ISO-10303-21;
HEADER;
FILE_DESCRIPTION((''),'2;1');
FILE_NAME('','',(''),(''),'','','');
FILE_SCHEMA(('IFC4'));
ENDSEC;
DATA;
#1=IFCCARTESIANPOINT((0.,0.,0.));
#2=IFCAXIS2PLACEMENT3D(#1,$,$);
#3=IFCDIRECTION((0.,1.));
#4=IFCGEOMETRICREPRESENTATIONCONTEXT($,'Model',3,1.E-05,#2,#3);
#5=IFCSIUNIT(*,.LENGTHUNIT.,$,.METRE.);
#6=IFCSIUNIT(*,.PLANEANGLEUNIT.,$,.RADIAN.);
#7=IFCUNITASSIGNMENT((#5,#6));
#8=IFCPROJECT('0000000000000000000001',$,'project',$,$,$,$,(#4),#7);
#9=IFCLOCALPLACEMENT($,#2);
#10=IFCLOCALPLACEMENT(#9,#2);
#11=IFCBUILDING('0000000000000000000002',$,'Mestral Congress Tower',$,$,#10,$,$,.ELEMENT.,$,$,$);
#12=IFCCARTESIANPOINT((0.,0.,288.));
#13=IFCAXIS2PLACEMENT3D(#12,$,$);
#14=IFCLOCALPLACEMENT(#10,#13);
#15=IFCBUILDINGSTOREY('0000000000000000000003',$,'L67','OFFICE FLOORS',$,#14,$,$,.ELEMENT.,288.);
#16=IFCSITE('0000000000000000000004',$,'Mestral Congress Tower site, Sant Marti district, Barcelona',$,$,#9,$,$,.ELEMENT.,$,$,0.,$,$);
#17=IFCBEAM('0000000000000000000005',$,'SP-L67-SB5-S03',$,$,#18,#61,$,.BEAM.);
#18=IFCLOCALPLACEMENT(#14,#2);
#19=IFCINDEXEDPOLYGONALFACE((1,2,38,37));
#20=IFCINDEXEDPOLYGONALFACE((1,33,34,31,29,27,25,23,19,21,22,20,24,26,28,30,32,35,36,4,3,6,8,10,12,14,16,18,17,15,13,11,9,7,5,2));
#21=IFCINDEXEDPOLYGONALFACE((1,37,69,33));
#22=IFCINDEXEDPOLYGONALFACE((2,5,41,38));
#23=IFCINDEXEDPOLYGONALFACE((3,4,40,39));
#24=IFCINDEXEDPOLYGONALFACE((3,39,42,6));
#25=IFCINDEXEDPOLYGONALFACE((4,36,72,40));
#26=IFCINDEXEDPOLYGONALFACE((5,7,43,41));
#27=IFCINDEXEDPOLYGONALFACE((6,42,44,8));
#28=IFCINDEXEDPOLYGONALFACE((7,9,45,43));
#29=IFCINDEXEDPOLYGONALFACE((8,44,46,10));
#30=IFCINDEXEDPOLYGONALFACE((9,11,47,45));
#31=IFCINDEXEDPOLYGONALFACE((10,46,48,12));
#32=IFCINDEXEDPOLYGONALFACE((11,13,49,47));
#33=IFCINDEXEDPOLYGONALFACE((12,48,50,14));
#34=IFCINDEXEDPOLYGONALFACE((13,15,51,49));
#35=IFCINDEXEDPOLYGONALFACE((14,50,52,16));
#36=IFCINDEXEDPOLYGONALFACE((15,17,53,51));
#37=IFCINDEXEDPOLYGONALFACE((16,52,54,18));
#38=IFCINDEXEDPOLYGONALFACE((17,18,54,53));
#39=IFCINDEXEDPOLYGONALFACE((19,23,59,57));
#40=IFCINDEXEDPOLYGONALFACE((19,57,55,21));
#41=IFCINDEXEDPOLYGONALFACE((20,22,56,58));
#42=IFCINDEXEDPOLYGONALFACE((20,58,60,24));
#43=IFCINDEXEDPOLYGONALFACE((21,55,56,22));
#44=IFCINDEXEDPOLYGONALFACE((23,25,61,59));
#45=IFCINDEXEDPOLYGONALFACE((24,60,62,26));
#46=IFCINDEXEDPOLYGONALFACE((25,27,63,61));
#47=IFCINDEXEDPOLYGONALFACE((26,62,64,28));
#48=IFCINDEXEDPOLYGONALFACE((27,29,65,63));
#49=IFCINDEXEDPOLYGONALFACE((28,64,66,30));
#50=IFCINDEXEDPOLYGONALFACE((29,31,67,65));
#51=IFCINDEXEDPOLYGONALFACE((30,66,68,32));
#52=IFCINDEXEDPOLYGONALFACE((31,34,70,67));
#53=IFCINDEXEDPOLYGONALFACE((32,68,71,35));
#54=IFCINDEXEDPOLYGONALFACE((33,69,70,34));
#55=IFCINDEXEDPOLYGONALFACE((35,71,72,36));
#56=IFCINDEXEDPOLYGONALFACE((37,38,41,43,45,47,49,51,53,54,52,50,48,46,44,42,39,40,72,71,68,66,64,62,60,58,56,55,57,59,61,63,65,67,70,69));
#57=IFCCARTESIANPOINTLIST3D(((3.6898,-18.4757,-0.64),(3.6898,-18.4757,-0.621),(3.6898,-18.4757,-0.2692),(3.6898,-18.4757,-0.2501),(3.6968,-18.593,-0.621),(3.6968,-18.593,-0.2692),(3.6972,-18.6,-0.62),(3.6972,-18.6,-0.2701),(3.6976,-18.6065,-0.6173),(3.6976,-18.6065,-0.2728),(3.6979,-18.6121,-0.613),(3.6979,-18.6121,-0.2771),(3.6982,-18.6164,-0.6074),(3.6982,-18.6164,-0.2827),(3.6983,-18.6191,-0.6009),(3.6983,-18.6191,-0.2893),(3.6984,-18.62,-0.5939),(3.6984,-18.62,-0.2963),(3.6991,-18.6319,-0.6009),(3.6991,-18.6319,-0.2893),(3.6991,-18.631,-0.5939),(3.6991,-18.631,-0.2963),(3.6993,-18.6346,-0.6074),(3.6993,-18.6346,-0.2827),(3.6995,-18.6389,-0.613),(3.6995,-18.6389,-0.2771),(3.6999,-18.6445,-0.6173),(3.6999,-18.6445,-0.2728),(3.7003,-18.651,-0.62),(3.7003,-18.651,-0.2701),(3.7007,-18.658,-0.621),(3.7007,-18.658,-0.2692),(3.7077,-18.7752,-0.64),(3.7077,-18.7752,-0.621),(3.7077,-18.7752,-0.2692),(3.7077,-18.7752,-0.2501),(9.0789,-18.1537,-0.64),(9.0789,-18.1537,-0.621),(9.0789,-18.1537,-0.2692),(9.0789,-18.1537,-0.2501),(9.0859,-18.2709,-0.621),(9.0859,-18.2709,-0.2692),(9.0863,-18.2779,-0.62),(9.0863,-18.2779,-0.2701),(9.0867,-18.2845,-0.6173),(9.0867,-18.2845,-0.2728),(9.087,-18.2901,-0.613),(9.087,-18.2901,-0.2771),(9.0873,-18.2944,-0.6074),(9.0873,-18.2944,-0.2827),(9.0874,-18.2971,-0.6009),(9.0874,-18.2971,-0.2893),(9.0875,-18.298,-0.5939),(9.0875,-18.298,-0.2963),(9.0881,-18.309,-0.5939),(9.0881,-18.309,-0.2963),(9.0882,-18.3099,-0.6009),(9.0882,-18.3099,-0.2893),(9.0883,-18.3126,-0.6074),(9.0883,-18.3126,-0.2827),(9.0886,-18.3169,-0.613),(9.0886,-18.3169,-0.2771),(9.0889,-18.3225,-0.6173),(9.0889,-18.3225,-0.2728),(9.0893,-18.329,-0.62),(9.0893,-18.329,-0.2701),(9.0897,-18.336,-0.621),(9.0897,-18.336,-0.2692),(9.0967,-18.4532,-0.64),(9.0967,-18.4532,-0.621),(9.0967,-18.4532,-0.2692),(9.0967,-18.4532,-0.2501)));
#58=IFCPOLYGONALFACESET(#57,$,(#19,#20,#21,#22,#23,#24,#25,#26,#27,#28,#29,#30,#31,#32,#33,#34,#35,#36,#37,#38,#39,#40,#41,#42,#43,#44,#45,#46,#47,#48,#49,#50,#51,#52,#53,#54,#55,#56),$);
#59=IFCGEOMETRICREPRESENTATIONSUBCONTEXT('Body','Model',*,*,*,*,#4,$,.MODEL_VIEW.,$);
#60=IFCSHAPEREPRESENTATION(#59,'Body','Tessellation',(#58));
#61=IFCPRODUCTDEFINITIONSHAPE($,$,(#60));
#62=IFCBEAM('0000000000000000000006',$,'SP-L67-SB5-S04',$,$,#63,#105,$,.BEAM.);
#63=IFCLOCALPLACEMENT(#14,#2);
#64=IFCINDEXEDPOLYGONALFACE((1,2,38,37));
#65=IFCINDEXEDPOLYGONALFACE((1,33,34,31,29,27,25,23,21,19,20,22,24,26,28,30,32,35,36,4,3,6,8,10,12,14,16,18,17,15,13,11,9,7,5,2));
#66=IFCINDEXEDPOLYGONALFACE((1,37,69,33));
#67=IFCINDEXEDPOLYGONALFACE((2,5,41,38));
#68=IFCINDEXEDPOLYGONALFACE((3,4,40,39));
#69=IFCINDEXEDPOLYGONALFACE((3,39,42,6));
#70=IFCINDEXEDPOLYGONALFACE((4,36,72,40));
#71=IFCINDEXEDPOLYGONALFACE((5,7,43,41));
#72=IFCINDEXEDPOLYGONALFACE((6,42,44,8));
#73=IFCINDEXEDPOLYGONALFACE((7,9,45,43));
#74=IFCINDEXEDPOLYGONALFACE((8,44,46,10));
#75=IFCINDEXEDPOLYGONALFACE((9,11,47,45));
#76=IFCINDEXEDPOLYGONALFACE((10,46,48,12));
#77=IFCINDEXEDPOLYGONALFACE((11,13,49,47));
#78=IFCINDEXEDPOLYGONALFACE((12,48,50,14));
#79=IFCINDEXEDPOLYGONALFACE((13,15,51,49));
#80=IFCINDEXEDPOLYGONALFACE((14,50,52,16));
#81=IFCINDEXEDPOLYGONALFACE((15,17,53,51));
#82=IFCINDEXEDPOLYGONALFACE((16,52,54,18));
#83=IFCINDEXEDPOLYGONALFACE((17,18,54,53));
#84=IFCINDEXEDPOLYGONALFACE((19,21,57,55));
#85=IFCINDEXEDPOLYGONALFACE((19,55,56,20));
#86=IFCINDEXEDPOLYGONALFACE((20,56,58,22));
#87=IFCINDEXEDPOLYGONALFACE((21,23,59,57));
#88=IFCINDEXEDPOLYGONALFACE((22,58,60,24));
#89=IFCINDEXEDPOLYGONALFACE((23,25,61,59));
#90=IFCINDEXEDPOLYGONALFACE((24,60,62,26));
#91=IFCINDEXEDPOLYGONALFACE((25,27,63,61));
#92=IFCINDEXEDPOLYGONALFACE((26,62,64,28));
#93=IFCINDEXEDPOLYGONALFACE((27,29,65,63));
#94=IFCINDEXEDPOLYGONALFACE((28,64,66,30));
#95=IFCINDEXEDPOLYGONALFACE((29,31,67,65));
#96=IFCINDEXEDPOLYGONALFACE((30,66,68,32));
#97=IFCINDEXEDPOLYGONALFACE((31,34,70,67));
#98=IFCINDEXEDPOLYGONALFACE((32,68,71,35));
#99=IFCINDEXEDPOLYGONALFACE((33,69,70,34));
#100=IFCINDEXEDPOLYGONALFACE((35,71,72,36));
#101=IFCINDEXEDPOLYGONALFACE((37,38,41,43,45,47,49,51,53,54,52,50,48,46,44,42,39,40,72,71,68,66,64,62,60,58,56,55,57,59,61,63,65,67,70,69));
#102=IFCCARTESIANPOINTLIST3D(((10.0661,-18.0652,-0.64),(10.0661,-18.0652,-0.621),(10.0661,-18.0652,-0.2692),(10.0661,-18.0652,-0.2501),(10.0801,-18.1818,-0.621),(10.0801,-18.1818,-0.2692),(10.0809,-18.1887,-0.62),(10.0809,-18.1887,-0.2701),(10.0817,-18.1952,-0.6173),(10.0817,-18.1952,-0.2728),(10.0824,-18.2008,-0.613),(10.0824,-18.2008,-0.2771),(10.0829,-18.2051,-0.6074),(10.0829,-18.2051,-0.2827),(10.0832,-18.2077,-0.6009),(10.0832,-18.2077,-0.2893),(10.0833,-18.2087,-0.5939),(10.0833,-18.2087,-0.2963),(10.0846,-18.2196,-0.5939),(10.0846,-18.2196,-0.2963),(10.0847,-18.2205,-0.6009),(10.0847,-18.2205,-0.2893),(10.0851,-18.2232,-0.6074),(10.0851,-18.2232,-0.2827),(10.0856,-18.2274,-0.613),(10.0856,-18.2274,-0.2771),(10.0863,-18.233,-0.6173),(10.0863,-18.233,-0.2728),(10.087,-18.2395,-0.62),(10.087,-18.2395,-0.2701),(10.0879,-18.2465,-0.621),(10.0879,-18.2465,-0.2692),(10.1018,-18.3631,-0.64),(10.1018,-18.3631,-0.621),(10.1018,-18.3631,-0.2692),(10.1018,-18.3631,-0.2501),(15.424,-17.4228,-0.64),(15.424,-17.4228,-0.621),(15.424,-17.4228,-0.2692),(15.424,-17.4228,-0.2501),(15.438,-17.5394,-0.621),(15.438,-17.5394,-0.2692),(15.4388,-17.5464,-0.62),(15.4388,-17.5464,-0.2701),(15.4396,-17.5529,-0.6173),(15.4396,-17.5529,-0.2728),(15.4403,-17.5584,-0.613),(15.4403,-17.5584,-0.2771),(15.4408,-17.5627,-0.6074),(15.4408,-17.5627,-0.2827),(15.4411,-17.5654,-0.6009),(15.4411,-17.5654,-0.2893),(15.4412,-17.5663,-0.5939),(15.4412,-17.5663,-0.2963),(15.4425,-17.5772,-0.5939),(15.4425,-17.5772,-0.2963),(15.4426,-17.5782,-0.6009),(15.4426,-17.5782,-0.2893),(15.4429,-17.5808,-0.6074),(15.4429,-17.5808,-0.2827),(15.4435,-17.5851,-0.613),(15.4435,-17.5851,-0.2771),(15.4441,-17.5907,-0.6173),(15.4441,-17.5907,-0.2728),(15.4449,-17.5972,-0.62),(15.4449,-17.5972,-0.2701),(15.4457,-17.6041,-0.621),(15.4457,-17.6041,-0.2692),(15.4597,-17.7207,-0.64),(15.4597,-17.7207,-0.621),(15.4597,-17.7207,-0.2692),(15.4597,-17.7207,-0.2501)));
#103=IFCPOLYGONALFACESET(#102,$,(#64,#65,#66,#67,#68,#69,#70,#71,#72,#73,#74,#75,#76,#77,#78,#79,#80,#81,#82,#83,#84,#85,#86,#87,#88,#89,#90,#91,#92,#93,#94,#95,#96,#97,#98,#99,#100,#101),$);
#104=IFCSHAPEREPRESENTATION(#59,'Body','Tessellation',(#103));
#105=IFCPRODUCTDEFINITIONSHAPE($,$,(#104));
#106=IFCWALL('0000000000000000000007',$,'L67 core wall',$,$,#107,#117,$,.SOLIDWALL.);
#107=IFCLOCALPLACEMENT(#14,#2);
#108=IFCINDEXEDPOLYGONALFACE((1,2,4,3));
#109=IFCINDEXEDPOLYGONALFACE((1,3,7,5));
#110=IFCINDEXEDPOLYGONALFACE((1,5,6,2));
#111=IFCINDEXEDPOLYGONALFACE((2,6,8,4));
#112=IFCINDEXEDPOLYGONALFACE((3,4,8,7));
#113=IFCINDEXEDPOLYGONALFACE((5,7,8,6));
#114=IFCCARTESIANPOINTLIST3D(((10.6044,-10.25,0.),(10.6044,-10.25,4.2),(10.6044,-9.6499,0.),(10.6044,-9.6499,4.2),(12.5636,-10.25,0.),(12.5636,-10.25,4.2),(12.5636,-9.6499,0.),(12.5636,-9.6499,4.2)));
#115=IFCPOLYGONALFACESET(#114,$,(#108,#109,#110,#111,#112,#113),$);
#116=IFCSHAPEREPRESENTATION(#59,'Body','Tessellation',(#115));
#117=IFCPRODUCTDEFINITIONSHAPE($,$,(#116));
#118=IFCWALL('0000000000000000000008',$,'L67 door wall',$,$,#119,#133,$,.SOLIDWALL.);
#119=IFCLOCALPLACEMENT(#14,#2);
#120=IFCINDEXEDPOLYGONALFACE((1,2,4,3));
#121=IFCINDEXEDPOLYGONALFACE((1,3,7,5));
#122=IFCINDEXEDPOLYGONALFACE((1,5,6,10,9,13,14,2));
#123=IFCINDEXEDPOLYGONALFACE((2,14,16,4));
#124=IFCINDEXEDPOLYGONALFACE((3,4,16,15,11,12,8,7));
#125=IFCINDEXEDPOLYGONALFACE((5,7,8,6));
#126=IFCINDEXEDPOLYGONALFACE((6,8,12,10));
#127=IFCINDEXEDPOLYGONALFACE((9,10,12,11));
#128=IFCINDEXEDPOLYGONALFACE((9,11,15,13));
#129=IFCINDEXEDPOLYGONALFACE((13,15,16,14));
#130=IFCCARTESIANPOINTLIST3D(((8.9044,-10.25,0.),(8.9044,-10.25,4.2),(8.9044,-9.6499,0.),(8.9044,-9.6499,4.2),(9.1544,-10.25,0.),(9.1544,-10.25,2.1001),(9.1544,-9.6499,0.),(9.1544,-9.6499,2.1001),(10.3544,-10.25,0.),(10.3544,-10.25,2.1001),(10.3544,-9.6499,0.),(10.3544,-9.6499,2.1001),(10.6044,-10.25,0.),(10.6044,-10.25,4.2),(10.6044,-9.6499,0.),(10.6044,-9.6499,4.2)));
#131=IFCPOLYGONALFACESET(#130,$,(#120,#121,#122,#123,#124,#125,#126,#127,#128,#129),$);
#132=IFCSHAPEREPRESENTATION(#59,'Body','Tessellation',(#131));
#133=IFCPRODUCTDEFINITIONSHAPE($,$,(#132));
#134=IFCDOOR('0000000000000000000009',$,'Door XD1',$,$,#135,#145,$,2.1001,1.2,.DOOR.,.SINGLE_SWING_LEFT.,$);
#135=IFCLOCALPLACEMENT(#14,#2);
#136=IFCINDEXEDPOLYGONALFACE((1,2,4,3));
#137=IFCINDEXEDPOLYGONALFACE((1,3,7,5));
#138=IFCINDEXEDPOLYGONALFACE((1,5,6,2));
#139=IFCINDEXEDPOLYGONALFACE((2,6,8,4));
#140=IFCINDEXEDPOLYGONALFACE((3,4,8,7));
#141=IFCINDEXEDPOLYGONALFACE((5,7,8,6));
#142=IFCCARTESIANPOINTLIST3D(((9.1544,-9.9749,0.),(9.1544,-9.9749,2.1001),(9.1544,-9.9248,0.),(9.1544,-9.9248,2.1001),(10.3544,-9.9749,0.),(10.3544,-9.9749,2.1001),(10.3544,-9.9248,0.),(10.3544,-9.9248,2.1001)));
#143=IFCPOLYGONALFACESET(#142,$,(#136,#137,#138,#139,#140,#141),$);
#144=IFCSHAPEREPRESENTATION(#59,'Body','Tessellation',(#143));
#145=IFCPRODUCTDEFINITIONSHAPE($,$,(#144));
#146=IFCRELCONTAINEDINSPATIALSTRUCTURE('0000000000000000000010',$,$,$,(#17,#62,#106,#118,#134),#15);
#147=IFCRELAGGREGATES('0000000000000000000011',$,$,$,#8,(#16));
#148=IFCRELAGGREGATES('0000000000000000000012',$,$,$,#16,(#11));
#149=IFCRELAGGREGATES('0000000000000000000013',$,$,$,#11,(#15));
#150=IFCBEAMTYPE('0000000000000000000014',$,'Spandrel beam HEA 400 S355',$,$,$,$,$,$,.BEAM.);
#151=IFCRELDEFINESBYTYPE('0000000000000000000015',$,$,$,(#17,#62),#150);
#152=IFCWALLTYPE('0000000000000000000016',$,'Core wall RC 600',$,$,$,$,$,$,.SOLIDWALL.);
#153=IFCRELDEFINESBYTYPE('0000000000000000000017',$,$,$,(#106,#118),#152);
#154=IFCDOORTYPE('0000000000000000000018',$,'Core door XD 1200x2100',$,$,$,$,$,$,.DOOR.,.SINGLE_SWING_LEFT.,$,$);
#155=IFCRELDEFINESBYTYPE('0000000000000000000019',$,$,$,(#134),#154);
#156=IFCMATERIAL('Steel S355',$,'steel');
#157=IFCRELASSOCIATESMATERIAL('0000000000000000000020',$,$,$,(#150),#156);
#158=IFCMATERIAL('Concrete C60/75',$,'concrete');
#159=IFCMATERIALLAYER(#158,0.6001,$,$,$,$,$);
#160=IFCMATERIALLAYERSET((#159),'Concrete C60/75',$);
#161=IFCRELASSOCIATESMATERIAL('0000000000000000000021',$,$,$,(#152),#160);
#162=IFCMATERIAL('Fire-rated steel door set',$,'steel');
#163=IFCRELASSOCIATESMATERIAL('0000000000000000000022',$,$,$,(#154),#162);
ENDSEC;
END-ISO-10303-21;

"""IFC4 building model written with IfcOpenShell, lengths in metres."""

from ifc_helpers import new_model, si_unit, direction, frame, frame_2d, origin, origin_2d, place, context, subcontext, project, spatial, rectangle, i_section, extrude, material, layer, layer_set, material_profile, profile_set, type_object, element, fill, save


model = new_model("IFC4")

# Units and contexts
model_context = context("Model", 3, precision=1e-05, world=origin(), true_north=direction((0.0, 1.0)))
body_context = subcontext(model_context, "Body", "Model", "MODEL_VIEW")
ifc_project = project(units=[si_unit("LENGTHUNIT", "METRE"), si_unit("PLANEANGLEUNIT", "RADIAN")], contexts=[model_context])

# Site, building, storey
site_placement = place(None, origin())
site = spatial("IfcSite", under=ifc_project, at=site_placement, Name="Mestral Congress Tower site, Sant Marti district, Barcelona", CompositionType="ELEMENT", RefElevation=0.0)
building_placement = place(site_placement, origin())
building = spatial("IfcBuilding", under=site, at=building_placement, Name="Mestral Congress Tower", CompositionType="ELEMENT")
storey_placement = place(building_placement, frame((0.0, 0.0, 288.0)))
storey = spatial("IfcBuildingStorey", under=building, at=storey_placement, Name="L67", Description="OFFICE FLOORS", CompositionType="ELEMENT", Elevation=288.0)

# Shared definitions
ifc_material_1 = material(Name="Concrete C60/75", Category="concrete")

# Beams
ifc_material_2 = material(Name="Steel S355", Category="steel")
ifc_material_profile_1 = material_profile(ifc_material_2, i_section(OverallWidth=0.3, OverallDepth=0.3899, WebThickness=0.011, FlangeThickness=0.019, FilletRadius=0.0271, at=origin_2d()), Name="HEA 400")
ifc_profile_set_1 = profile_set([ifc_material_profile_1], Name="Steel S355")
beam_type_1 = type_object("IfcBeamType", Name="Spandrel beam HEA 400 S355", PredefinedType="BEAM", material=ifc_profile_set_1)
beam_1_placement = place(storey_placement, frame((3.6987, -18.6255, -0.4451), z_axis=(0.99822, 0.059647, 0.0), x_axis=(-0.059647, 0.99822, 0.0)))
element("IfcBeam", 1, at=beam_1_placement, inside=storey, type_object=beam_type_1, Name="SP-L67-SB5-S03", PredefinedType="BEAM", context=body_context, shape_type="SweptSolid", body=[
    extrude(i_section(OverallWidth=0.3, OverallDepth=0.3899, WebThickness=0.011, FlangeThickness=0.019, FilletRadius=0.0271, at=origin_2d()), origin(), (0.0, 0.0, 1.0), 5.3987),
])
beam_2_placement = place(storey_placement, frame((10.084, -18.2141, -0.4451), z_axis=(0.99289, 0.119033, 0.0), x_axis=(-0.119033, 0.99289, 0.0)))
element("IfcBeam", 2, at=beam_2_placement, inside=storey, type_object=beam_type_1, Name="SP-L67-SB5-S04", PredefinedType="BEAM", context=body_context, shape_type="SweptSolid", body=[
    extrude(i_section(OverallWidth=0.3, OverallDepth=0.3899, WebThickness=0.011, FlangeThickness=0.019, FilletRadius=0.0271, at=origin_2d()), origin(), (0.0, 0.0, 1.0), 5.3962),
])

# Wall
ifc_layer_1 = layer(ifc_material_1, 0.6001)
ifc_layer_set_1 = layer_set([ifc_layer_1], Name="Concrete C60/75")
wall_type_1 = type_object("IfcWallType", Name="Core wall RC 600", PredefinedType="SOLIDWALL", material=ifc_layer_set_1)
wall_1_placement = place(storey_placement, frame((10.6045, -9.95, 0.0), z_axis=(0.0, 0.0, 1.0), x_axis=(1.0, 0.0, 0.0)))
element("IfcWall", 3, at=wall_1_placement, inside=storey, type_object=wall_type_1, Name="L67 core wall", PredefinedType="SOLIDWALL", context=body_context, shape_type="SweptSolid", body=[
    extrude(rectangle(XDim=1.9592, YDim=0.6001, at=frame_2d((0.9795, 0.0))), origin(), (0.0, 0.0, 1.0), 4.2),
])

# Wall, opening, door
wall_2_placement = place(storey_placement, frame((10.6045, -9.95, 0.0), z_axis=(0.0, 0.0, 1.0), x_axis=(-1.0, 0.0, 0.0)))
wall_2 = element("IfcWall", 4, at=wall_2_placement, inside=storey, type_object=wall_type_1, Name="L67 door wall", PredefinedType="SOLIDWALL", context=body_context, shape_type="SweptSolid", body=[
    extrude(rectangle(XDim=1.7, YDim=0.6001, at=frame_2d((0.8501, 0.0))), origin(), (0.0, 0.0, 1.0), 4.2),
])
opening_1_placement = place(wall_2_placement, frame((0.25, 0.0, 0.0)))
opening_1 = element("IfcOpeningElement", 5, at=opening_1_placement, cuts=wall_2, PredefinedType="OPENING", context=body_context, shape_type="SweptSolid", body=[
    extrude(rectangle(XDim=1.2, YDim=2.1001, at=frame_2d((0.6001, 1.05))), frame((0.0, 0.3101, 0.0), z_axis=(0.0, -1.0, 0.0), x_axis=(1.0, 0.0, 0.0)), (0.0, 0.0, 1.0), 0.6201),
])
ifc_material_3 = material(Name="Fire-rated steel door set", Category="steel")
door_type_1 = type_object("IfcDoorType", Name="Core door XD 1200x2100", OperationType="SINGLE_SWING_LEFT", PredefinedType="DOOR", material=ifc_material_3)
door_1_placement = place(opening_1_placement, origin())
door_1 = element("IfcDoor", 6, at=door_1_placement, inside=storey, type_object=door_type_1, Name="Door XD1", OperationType="SINGLE_SWING_LEFT", OverallHeight=2.1001, OverallWidth=1.2, PredefinedType="DOOR", context=body_context, shape_type="SweptSolid", body=[
    extrude(rectangle(XDim=1.2, YDim=2.1001, at=frame_2d((0.6001, 1.05))), frame((0.0, 0.0249, 0.0), z_axis=(0.0, -1.0, 0.0), x_axis=(1.0, 0.0, 0.0)), (0.0, 0.0, 1.0), 0.05),
])
fill(opening_1, door_1)

save(model, "model.ifc")
